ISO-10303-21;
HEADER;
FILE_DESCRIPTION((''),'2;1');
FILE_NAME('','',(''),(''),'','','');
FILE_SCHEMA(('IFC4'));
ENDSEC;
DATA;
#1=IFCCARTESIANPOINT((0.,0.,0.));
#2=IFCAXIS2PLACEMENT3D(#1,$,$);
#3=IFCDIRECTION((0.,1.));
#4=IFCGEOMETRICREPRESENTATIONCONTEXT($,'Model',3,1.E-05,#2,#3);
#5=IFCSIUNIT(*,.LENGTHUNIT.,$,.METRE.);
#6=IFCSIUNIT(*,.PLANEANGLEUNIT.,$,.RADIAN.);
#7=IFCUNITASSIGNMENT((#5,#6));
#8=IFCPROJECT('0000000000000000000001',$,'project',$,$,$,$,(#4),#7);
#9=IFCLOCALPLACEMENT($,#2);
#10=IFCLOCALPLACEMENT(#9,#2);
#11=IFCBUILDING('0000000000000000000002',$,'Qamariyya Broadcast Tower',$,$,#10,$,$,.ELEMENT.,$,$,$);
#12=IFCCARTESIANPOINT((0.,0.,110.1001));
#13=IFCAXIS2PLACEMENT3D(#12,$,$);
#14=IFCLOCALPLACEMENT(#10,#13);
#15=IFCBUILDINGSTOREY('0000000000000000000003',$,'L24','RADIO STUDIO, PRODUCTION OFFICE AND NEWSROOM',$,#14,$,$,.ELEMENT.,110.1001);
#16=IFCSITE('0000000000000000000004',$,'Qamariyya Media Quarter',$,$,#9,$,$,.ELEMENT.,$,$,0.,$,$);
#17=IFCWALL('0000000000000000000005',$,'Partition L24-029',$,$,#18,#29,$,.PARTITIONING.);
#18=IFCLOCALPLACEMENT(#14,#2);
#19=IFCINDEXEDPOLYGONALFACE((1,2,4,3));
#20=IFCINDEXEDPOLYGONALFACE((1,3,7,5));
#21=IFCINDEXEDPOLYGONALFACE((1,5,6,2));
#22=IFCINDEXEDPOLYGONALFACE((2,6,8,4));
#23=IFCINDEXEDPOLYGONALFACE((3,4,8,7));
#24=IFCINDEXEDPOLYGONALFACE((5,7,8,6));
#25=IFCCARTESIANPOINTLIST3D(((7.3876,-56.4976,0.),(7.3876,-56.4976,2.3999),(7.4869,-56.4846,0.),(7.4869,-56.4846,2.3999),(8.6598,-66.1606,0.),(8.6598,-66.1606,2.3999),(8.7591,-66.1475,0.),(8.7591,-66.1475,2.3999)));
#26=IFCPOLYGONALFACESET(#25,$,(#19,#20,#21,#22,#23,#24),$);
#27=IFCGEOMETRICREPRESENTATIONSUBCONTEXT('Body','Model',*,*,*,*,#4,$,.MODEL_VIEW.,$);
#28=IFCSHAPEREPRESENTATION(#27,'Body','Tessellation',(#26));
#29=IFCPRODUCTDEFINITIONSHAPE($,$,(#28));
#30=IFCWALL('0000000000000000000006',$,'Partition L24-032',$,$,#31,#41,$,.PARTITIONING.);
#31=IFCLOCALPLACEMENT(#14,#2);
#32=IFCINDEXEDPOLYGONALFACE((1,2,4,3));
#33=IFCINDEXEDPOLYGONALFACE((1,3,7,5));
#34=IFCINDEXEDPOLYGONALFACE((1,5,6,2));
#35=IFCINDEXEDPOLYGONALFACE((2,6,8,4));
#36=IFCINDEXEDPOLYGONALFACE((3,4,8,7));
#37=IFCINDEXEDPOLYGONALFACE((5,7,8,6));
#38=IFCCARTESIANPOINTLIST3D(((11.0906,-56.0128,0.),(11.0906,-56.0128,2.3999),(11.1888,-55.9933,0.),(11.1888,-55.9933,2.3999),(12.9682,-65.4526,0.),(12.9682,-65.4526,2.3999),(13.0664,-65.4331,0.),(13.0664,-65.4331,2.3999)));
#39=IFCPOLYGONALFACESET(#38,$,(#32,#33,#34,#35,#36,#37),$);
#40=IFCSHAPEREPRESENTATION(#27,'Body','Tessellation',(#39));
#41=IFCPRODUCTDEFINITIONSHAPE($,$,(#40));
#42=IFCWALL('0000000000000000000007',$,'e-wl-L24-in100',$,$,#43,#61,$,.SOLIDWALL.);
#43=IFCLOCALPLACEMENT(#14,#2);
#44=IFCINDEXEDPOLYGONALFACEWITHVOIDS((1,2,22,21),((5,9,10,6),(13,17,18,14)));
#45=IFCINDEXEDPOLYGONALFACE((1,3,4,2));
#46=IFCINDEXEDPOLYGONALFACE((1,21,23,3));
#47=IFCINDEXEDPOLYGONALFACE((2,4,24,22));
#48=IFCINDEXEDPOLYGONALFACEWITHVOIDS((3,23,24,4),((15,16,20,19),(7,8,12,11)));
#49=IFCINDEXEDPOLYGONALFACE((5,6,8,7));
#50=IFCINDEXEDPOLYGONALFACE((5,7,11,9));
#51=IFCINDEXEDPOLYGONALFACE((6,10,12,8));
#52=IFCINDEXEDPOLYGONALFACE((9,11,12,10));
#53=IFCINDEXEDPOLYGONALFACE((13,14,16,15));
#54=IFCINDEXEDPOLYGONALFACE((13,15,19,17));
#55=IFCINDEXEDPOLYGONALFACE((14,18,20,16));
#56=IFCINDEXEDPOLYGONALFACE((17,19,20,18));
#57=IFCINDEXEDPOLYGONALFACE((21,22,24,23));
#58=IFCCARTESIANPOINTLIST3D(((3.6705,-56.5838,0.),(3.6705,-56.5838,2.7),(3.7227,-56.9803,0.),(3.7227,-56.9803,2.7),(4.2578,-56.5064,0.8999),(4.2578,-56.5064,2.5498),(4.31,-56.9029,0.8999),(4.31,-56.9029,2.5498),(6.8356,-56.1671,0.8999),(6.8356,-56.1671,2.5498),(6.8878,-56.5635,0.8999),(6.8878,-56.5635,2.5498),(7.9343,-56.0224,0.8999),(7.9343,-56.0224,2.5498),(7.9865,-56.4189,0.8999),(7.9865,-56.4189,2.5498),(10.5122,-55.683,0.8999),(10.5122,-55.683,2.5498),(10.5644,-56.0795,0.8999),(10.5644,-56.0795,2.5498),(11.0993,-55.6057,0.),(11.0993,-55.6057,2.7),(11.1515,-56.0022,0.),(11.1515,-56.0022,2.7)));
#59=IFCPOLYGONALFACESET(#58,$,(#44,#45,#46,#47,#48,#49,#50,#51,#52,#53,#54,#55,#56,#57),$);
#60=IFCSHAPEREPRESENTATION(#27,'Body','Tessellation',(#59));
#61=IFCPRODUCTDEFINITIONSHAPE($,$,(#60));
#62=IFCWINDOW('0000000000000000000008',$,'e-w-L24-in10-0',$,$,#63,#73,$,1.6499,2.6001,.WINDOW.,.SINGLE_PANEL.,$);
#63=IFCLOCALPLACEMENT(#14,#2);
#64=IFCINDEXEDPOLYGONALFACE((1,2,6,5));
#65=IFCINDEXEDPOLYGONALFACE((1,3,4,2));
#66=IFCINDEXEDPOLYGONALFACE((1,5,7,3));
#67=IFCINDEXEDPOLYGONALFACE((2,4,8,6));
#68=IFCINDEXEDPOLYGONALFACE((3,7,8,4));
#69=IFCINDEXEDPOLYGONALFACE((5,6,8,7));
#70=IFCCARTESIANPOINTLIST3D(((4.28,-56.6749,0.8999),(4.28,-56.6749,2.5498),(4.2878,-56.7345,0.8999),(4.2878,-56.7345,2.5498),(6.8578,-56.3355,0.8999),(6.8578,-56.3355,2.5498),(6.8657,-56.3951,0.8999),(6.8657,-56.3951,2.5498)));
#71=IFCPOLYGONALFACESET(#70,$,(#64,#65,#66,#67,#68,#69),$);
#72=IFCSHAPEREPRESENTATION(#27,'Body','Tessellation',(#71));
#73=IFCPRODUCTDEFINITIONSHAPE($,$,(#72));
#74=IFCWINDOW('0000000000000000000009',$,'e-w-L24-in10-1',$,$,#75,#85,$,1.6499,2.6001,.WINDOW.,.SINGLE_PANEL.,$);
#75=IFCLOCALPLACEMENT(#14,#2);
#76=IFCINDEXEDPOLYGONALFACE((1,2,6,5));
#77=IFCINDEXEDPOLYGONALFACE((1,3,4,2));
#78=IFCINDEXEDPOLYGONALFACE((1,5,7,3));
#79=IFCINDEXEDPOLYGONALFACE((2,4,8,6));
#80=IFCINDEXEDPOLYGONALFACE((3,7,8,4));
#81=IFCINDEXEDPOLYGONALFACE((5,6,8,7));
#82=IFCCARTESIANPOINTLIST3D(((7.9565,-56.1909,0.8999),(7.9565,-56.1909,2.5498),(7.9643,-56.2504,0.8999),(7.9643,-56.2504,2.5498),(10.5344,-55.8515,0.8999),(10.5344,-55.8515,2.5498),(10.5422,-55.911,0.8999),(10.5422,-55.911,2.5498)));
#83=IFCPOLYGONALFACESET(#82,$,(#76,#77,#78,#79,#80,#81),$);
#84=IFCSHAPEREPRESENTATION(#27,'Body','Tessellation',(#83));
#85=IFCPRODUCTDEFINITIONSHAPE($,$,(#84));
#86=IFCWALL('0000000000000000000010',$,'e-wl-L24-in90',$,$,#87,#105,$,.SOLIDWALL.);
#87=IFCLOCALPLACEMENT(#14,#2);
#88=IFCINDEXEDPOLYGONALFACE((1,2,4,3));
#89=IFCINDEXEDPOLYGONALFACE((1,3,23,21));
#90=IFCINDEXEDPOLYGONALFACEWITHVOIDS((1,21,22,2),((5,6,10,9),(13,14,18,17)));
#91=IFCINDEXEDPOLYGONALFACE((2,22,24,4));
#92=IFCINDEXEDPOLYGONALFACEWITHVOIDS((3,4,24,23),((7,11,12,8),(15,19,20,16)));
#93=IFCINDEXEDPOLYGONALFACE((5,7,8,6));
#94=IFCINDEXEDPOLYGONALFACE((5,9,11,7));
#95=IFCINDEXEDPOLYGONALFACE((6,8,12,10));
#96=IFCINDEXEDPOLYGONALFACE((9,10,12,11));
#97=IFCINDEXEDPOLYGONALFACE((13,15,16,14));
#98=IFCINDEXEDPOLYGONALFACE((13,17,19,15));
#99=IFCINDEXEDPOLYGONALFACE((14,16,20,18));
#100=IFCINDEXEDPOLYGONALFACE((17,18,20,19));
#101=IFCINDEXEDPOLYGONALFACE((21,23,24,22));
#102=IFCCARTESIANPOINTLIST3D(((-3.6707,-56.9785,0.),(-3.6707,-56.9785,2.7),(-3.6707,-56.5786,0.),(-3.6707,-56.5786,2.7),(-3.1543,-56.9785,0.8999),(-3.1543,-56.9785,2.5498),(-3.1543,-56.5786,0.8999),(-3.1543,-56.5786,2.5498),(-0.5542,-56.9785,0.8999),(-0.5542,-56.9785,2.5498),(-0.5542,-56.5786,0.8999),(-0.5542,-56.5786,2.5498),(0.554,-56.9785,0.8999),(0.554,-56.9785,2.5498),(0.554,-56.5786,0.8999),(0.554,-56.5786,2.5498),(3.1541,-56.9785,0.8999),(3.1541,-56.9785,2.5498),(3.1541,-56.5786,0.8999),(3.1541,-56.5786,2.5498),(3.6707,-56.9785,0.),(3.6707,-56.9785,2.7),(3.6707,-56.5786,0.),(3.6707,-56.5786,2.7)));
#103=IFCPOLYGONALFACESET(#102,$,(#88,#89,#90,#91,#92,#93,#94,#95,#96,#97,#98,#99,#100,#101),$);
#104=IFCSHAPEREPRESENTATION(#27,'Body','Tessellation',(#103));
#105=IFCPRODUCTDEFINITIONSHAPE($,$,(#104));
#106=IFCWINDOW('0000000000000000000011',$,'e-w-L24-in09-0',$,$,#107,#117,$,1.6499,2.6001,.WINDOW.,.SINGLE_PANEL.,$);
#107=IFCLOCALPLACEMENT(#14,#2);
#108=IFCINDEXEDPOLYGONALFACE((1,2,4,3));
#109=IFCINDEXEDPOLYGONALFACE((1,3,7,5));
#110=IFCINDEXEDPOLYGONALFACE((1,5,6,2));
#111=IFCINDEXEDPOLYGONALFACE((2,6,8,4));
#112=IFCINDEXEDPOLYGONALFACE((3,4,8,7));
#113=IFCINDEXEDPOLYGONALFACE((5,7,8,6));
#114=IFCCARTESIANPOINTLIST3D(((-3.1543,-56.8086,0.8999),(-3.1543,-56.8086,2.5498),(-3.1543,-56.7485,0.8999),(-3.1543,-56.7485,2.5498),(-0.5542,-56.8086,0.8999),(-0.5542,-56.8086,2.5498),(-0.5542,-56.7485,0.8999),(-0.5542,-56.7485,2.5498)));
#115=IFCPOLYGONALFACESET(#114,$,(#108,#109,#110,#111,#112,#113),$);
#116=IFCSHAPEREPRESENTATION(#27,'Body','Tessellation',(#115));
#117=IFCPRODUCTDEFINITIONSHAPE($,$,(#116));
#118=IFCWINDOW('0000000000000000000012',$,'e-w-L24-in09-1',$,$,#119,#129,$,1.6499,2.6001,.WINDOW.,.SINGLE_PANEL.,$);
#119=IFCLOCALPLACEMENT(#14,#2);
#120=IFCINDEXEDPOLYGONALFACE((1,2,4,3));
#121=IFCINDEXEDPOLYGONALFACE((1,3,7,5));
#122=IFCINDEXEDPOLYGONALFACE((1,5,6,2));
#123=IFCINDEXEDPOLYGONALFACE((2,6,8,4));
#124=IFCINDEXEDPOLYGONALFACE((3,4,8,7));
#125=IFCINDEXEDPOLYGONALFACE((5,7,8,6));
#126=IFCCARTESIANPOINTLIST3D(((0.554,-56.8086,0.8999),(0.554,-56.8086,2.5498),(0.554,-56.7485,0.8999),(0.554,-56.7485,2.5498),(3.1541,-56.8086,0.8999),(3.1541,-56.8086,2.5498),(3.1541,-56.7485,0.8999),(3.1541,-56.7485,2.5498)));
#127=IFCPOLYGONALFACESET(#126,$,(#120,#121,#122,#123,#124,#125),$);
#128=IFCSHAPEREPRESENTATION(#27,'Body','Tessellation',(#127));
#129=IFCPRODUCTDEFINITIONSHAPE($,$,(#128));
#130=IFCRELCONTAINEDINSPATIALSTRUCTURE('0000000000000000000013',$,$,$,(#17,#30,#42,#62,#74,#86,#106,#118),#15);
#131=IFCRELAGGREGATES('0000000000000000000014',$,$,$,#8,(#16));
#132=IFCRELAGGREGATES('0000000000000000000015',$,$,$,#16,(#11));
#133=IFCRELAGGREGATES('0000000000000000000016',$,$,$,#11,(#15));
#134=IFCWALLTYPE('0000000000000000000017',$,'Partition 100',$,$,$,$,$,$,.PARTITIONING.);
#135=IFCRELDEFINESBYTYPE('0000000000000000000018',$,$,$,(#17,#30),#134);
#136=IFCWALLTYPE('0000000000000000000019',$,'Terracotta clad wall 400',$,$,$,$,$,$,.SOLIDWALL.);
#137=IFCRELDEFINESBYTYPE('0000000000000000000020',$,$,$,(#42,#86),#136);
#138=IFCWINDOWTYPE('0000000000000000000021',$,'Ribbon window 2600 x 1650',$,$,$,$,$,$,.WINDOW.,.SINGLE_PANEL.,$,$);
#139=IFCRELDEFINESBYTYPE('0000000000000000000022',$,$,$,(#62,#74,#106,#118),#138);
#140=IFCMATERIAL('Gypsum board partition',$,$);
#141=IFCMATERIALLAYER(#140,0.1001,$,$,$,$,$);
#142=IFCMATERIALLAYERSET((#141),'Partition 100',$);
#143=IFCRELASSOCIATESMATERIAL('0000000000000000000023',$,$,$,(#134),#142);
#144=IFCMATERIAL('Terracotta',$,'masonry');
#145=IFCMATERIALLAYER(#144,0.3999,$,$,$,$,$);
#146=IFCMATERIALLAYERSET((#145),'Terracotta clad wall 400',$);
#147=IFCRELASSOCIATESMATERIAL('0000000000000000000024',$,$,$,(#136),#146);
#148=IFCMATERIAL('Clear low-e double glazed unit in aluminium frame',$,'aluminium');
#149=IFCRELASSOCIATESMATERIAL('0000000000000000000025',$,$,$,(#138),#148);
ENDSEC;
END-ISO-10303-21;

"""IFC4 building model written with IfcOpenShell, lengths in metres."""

from ifc_helpers import new_model, si_unit, direction, frame, frame_2d, origin, place, context, subcontext, project, spatial, rectangle, extrude, material, layer, layer_set, type_object, element, fill, save


model = new_model("IFC4")

# Units and contexts
model_context = context("Model", 3, precision=1e-05, world=origin(), true_north=direction((0.0, 1.0)))
body_context = subcontext(model_context, "Body", "Model", "MODEL_VIEW")
ifc_project = project(units=[si_unit("LENGTHUNIT", "METRE"), si_unit("PLANEANGLEUNIT", "RADIAN")], contexts=[model_context])

# Site, building, storey
site_placement = place(None, origin())
site = spatial("IfcSite", under=ifc_project, at=site_placement, Name="Qamariyya Media Quarter", CompositionType="ELEMENT", RefElevation=0.0)
building_placement = place(site_placement, origin())
building = spatial("IfcBuilding", under=site, at=building_placement, Name="Qamariyya Broadcast Tower", CompositionType="ELEMENT")
storey_placement = place(building_placement, frame((0.0, 0.0, 110.1001)))
storey = spatial("IfcBuildingStorey", under=building, at=storey_placement, Name="L24", Description="RADIO STUDIO, PRODUCTION OFFICE AND NEWSROOM", CompositionType="ELEMENT", Elevation=110.1001)

# Walls
ifc_material_1 = material(Name="Gypsum board partition")
ifc_layer_1 = layer(ifc_material_1, 0.1001)
ifc_layer_set_1 = layer_set([ifc_layer_1], Name="Partition 100")
wall_type_1 = type_object("IfcWallType", Name="Partition 100", PredefinedType="PARTITIONING", material=ifc_layer_set_1)
wall_1_placement = place(storey_placement, frame((7.4373, -56.4912, 0.0), z_axis=(0.0, 0.0, 1.0), x_axis=(0.130534, -0.991444, 0.0)))
element("IfcWall", 1, at=wall_1_placement, inside=storey, type_object=wall_type_1, Name="Partition L24-029", PredefinedType="PARTITIONING", context=body_context, shape_type="SweptSolid", body=[
    extrude(rectangle(XDim=9.7463, YDim=0.1001, at=frame_2d((4.873, 0.0))), origin(), (0.0, 0.0, 1.0), 2.3999),
])
wall_2_placement = place(storey_placement, frame((11.1396, -56.0029, 0.0), z_axis=(0.0, 0.0, 1.0), x_axis=(0.195087, -0.980786, 0.0)))
element("IfcWall", 2, at=wall_2_placement, inside=storey, type_object=wall_type_1, Name="Partition L24-032", PredefinedType="PARTITIONING", context=body_context, shape_type="SweptSolid", body=[
    extrude(rectangle(XDim=9.6248, YDim=0.1001, at=frame_2d((4.8125, 0.0))), origin(), (0.0, 0.0, 1.0), 2.3999),
])

# Walls, openings, windows
ifc_material_2 = material(Name="Terracotta", Category="masonry")
ifc_layer_2 = layer(ifc_material_2, 0.3999)
ifc_layer_set_2 = layer_set([ifc_layer_2], Name="Terracotta clad wall 400")
wall_type_2 = type_object("IfcWallType", Name="Terracotta clad wall 400", PredefinedType="SOLIDWALL", material=ifc_layer_set_2)
wall_3_placement = place(storey_placement, frame((11.1255, -55.804, 0.0), z_axis=(0.0, 0.0, 1.0), x_axis=(-0.991445, -0.130529, 0.0)))
wall_3 = element("IfcWall", 3, at=wall_3_placement, inside=storey, type_object=wall_type_2, Name="e-wl-L24-in100", PredefinedType="SOLIDWALL", context=body_context, shape_type="SweptSolid", body=[
    extrude(rectangle(XDim=7.4929, YDim=0.3999, at=frame_2d((3.7466, 0.0))), origin(), (0.0, 0.0, 1.0), 2.7),
])
opening_1_placement = place(wall_3_placement, frame((4.3005, 0.0, 0.8999)))
opening_1 = element("IfcOpeningElement", 4, at=opening_1_placement, cuts=wall_3, PredefinedType="OPENING", context=body_context, shape_type="SweptSolid", body=[
    extrude(rectangle(XDim=2.6001, YDim=1.6499, at=frame_2d((1.3, 0.825))), frame((0.0, 0.21, 0.0), z_axis=(0.0, -1.0, 0.0), x_axis=(1.0, 0.0, 0.0)), (0.0, 0.0, 1.0), 0.4199),
])
opening_2_placement = place(wall_3_placement, frame((0.5923, 0.0, 0.8999)))
opening_2 = element("IfcOpeningElement", 5, at=opening_2_placement, cuts=wall_3, PredefinedType="OPENING", context=body_context, shape_type="SweptSolid", body=[
    extrude(rectangle(XDim=2.6001, YDim=1.6499, at=frame_2d((1.3, 0.825))), frame((0.0, 0.21, 0.0), z_axis=(0.0, -1.0, 0.0), x_axis=(1.0, 0.0, 0.0)), (0.0, 0.0, 1.0), 0.4199),
])
ifc_material_3 = material(Name="Clear low-e double glazed unit in aluminium frame", Category="aluminium")
window_type = type_object("IfcWindowType", Name="Ribbon window 2600 x 1650", PartitioningType="SINGLE_PANEL", PredefinedType="WINDOW", material=ifc_material_3)
window_1_placement = place(opening_1_placement, origin())
window_1 = element("IfcWindow", 6, at=window_1_placement, inside=storey, type_object=window_type, Name="e-w-L24-in10-0", OverallHeight=1.6499, OverallWidth=2.6001, PartitioningType="SINGLE_PANEL", PredefinedType="WINDOW", context=body_context, shape_type="SweptSolid", body=[
    extrude(rectangle(XDim=2.6001, YDim=1.6499, at=frame_2d((1.3, 0.825))), frame((0.0, 0.03, 0.0), z_axis=(0.0, -1.0, 0.0), x_axis=(1.0, 0.0, 0.0)), (0.0, 0.0, 1.0), 0.0601),
])
fill(opening_1, window_1)
window_2_placement = place(opening_2_placement, origin())
window_2 = element("IfcWindow", 7, at=window_2_placement, inside=storey, type_object=window_type, Name="e-w-L24-in10-1", OverallHeight=1.6499, OverallWidth=2.6001, PartitioningType="SINGLE_PANEL", PredefinedType="WINDOW", context=body_context, shape_type="SweptSolid", body=[
    extrude(rectangle(XDim=2.6001, YDim=1.6499, at=frame_2d((1.3, 0.825))), frame((0.0, 0.03, 0.0), z_axis=(0.0, -1.0, 0.0), x_axis=(1.0, 0.0, 0.0)), (0.0, 0.0, 1.0), 0.0601),
])
fill(opening_2, window_2)
wall_4_placement = place(storey_placement, frame((3.6707, -56.7786, 0.0), z_axis=(0.0, 0.0, 1.0), x_axis=(-1.0, 0.0, 0.0)))
wall_4 = element("IfcWall", 8, at=wall_4_placement, inside=storey, type_object=wall_type_2, Name="e-wl-L24-in90", PredefinedType="SOLIDWALL", context=body_context, shape_type="SweptSolid", body=[
    extrude(rectangle(XDim=7.3413, YDim=0.3999, at=frame_2d((3.6707, 0.0))), origin(), (0.0, 0.0, 1.0), 2.7),
])
opening_3_placement = place(wall_4_placement, frame((4.2249, 0.0, 0.8999)))
opening_3 = element("IfcOpeningElement", 9, at=opening_3_placement, cuts=wall_4, PredefinedType="OPENING", context=body_context, shape_type="SweptSolid", body=[
    extrude(rectangle(XDim=2.6001, YDim=1.6499, at=frame_2d((1.3, 0.825))), frame((0.0, 0.21, 0.0), z_axis=(0.0, -1.0, 0.0), x_axis=(1.0, 0.0, 0.0)), (0.0, 0.0, 1.0), 0.4199),
])
opening_4_placement = place(wall_4_placement, frame((0.5166, 0.0, 0.8999)))
opening_4 = element("IfcOpeningElement", 10, at=opening_4_placement, cuts=wall_4, PredefinedType="OPENING", context=body_context, shape_type="SweptSolid", body=[
    extrude(rectangle(XDim=2.6001, YDim=1.6499, at=frame_2d((1.3, 0.825))), frame((0.0, 0.21, 0.0), z_axis=(0.0, -1.0, 0.0), x_axis=(1.0, 0.0, 0.0)), (0.0, 0.0, 1.0), 0.4199),
])
window_3_placement = place(opening_3_placement, origin())
window_3 = element("IfcWindow", 11, at=window_3_placement, inside=storey, type_object=window_type, Name="e-w-L24-in09-0", OverallHeight=1.6499, OverallWidth=2.6001, PartitioningType="SINGLE_PANEL", PredefinedType="WINDOW", context=body_context, shape_type="SweptSolid", body=[
    extrude(rectangle(XDim=2.6001, YDim=1.6499, at=frame_2d((1.3, 0.825))), frame((0.0, 0.03, 0.0), z_axis=(0.0, -1.0, 0.0), x_axis=(1.0, 0.0, 0.0)), (0.0, 0.0, 1.0), 0.0601),
])
fill(opening_3, window_3)
window_4_placement = place(opening_4_placement, origin())
window_4 = element("IfcWindow", 12, at=window_4_placement, inside=storey, type_object=window_type, Name="e-w-L24-in09-1", OverallHeight=1.6499, OverallWidth=2.6001, PartitioningType="SINGLE_PANEL", PredefinedType="WINDOW", context=body_context, shape_type="SweptSolid", body=[
    extrude(rectangle(XDim=2.6001, YDim=1.6499, at=frame_2d((1.3, 0.825))), frame((0.0, 0.03, 0.0), z_axis=(0.0, -1.0, 0.0), x_axis=(1.0, 0.0, 0.0)), (0.0, 0.0, 1.0), 0.0601),
])
fill(opening_4, window_4)

save(model, "model.ifc")
